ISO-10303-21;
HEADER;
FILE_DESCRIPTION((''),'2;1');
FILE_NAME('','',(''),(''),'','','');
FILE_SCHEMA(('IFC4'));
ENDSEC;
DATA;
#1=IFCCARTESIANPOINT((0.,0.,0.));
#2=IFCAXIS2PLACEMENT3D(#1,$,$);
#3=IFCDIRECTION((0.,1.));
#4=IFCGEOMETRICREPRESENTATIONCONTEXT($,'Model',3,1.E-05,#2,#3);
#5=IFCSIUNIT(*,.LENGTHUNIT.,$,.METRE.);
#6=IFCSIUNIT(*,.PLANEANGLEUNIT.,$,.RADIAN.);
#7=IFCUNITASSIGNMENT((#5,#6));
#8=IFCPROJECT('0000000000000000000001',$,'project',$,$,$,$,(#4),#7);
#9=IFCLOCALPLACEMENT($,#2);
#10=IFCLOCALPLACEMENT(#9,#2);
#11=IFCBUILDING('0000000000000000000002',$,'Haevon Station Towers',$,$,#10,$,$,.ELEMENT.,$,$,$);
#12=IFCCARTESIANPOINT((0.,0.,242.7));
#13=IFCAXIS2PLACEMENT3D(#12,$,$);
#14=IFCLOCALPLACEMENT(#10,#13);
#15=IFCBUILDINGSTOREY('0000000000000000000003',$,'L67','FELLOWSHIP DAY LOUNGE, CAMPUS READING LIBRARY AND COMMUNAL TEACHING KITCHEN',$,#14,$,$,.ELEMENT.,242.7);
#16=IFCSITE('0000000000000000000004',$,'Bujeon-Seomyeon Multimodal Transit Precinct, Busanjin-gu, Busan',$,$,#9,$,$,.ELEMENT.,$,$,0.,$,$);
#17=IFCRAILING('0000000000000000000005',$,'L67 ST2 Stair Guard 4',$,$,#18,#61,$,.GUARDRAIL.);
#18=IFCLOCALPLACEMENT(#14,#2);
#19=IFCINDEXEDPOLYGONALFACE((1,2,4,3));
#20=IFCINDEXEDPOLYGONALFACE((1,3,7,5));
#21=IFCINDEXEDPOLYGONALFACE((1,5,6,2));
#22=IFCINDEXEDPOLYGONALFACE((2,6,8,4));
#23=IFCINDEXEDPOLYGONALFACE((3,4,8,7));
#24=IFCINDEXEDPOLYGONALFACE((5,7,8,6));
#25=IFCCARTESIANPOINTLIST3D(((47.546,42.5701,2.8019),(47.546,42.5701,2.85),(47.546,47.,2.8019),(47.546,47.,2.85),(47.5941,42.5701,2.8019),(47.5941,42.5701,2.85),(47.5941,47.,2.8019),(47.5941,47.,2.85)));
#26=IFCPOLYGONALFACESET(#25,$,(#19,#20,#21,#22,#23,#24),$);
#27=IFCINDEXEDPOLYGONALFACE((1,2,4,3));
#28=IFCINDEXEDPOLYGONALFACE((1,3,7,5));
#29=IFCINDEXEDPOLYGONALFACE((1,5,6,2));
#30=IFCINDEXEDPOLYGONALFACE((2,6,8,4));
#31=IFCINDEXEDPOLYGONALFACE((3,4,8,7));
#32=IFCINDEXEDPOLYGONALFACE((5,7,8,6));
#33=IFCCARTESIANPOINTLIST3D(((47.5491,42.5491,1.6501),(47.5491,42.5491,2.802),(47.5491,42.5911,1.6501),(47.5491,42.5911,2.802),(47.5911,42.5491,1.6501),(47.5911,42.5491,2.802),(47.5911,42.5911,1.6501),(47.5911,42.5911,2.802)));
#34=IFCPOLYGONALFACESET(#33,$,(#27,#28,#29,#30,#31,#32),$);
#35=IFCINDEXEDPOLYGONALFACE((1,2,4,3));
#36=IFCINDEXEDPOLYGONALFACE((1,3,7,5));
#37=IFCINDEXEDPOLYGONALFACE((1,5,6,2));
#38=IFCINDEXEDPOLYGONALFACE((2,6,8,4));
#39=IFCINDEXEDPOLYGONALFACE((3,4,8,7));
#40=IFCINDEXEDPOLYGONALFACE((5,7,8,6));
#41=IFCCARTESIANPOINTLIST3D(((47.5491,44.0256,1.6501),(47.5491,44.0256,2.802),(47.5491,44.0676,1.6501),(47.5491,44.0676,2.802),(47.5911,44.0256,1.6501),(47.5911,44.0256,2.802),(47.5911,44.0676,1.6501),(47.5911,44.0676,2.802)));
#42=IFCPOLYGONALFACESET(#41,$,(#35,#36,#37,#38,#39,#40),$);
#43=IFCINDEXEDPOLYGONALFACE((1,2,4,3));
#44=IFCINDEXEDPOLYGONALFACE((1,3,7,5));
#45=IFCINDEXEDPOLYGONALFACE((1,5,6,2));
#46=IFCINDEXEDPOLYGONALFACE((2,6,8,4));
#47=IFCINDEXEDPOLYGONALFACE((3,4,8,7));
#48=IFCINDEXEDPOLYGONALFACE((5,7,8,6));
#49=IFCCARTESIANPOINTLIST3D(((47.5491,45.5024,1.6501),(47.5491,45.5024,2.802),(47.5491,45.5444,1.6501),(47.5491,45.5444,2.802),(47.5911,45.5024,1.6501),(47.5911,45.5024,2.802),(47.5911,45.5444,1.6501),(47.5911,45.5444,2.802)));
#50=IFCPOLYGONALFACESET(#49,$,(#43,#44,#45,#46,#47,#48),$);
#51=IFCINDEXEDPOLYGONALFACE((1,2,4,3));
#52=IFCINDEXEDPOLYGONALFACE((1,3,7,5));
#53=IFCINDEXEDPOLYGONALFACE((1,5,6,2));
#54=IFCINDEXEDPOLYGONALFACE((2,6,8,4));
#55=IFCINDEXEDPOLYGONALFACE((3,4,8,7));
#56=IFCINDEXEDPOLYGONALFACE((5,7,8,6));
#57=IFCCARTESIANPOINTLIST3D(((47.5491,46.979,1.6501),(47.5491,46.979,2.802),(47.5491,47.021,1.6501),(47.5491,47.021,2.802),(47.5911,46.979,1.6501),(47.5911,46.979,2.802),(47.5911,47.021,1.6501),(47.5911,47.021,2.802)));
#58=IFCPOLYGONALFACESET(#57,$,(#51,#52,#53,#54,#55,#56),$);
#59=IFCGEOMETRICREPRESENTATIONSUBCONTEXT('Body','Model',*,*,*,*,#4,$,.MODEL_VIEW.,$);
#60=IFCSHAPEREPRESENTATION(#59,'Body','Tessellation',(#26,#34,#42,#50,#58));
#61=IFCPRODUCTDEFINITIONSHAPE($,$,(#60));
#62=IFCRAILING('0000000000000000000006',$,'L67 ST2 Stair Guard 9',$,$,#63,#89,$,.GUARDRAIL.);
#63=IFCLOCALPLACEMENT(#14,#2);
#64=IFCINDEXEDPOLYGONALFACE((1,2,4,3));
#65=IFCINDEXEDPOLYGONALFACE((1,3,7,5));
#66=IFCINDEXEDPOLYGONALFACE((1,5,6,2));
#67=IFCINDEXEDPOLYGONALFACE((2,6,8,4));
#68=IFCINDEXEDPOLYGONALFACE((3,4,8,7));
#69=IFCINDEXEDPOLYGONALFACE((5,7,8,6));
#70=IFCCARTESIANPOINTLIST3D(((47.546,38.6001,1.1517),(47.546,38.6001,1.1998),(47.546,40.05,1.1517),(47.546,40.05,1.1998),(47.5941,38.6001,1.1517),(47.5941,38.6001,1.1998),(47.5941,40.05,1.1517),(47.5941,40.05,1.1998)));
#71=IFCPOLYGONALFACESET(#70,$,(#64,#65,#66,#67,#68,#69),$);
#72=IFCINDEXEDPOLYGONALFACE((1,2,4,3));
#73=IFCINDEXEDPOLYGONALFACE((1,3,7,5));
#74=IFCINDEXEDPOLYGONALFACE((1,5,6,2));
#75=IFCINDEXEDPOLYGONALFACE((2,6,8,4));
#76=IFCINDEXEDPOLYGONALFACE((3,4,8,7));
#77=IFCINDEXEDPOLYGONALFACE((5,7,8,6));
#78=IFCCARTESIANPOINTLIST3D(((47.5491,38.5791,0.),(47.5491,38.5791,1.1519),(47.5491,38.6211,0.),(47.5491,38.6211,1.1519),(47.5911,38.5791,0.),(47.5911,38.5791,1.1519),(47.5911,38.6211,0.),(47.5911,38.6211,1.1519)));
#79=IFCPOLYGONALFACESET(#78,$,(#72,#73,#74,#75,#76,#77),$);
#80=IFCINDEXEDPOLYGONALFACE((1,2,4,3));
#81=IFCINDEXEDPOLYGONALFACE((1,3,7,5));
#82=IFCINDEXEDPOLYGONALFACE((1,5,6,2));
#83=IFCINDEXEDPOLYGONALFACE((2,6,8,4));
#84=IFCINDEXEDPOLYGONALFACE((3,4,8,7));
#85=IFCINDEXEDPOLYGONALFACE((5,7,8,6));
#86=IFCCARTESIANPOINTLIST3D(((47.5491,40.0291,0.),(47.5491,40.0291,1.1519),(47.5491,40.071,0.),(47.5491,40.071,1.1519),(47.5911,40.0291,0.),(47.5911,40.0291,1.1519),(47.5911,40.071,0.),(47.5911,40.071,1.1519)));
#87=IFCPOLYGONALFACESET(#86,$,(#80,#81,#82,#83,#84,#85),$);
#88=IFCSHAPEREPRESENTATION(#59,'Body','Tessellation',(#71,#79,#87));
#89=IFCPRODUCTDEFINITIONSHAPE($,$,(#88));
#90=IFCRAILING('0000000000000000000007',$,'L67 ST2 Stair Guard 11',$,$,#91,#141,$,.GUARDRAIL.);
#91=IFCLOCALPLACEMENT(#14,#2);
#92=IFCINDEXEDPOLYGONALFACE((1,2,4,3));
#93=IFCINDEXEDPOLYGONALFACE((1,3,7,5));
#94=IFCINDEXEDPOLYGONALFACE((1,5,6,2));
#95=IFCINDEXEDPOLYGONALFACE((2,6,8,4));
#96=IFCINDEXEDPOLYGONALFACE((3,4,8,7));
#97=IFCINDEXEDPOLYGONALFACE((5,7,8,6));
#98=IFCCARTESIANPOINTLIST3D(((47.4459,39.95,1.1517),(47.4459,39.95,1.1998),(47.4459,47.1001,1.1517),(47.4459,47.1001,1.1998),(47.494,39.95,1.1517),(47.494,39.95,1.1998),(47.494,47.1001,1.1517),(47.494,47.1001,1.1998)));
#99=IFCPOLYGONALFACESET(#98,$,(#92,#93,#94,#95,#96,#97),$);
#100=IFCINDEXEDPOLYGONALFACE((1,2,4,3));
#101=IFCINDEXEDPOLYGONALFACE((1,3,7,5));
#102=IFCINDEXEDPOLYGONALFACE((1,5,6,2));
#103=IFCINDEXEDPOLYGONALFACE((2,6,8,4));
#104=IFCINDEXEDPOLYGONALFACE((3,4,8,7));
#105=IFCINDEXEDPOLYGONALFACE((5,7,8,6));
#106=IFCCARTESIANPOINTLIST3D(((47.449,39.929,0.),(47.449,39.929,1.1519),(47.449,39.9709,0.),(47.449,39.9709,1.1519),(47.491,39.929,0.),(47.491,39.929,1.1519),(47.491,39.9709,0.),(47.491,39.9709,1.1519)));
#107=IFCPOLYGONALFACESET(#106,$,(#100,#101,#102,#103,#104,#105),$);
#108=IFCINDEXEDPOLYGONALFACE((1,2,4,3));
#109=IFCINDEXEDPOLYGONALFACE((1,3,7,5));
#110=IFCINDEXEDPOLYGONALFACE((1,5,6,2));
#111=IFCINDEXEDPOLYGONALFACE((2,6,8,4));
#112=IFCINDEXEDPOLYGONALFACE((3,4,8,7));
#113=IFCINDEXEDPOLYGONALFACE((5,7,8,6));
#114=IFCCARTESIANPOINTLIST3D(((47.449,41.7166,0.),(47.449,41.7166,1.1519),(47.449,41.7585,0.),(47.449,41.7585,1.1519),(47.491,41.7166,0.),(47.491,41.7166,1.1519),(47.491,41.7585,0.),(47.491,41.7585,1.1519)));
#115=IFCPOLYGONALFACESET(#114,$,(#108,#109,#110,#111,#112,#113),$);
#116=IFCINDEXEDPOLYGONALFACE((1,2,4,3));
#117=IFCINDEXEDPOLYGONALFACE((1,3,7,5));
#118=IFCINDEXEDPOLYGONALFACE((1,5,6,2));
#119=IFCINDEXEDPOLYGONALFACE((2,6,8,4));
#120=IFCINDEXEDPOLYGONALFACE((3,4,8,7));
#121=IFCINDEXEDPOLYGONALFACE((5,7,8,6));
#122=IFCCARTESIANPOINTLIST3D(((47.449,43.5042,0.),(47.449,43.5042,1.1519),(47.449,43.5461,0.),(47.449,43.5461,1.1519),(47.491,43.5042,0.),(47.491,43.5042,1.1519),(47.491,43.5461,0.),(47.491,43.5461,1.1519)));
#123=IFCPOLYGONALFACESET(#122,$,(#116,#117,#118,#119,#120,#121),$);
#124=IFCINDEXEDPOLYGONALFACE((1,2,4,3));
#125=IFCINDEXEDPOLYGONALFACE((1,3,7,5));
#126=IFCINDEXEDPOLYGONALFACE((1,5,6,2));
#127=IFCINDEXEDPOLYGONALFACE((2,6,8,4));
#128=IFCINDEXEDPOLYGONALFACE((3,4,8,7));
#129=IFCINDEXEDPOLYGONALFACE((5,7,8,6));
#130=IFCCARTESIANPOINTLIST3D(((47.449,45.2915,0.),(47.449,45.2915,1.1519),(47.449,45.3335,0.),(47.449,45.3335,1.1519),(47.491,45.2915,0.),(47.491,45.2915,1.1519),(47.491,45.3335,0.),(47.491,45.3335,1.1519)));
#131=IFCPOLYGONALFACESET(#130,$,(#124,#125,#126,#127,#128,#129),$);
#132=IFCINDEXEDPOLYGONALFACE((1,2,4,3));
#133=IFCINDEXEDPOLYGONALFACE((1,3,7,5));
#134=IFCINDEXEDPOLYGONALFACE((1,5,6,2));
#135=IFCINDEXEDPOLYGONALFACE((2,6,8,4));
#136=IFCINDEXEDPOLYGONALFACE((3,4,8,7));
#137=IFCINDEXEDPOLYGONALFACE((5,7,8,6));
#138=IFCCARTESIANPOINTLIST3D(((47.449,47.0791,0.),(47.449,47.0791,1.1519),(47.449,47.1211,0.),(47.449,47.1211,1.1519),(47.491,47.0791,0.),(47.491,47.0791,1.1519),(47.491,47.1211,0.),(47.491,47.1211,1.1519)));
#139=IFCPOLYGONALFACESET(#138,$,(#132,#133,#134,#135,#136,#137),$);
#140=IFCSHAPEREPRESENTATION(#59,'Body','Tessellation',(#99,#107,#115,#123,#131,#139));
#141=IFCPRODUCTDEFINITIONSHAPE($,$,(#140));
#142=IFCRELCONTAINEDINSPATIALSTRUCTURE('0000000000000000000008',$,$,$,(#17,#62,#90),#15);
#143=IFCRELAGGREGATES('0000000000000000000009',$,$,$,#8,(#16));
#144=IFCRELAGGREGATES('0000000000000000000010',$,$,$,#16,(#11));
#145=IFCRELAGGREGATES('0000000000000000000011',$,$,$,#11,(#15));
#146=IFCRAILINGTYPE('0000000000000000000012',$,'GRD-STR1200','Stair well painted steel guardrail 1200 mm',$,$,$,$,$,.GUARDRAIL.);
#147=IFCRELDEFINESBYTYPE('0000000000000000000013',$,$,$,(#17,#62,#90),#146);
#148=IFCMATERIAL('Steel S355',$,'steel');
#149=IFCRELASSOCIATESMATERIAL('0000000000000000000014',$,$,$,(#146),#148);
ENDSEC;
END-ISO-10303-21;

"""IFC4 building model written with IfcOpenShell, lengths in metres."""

from ifc_helpers import new_model, si_unit, direction, frame, origin, origin_2d, place, context, subcontext, project, spatial, rectangle, extrude, material, type_object, element, save


model = new_model("IFC4")

# Units and contexts
model_context = context("Model", 3, precision=1e-05, world=origin(), true_north=direction((0.0, 1.0)))
body_context = subcontext(model_context, "Body", "Model", "MODEL_VIEW")
ifc_project = project(units=[si_unit("LENGTHUNIT", "METRE"), si_unit("PLANEANGLEUNIT", "RADIAN")], contexts=[model_context])

# Site, building, storey
site_placement = place(None, origin())
site = spatial("IfcSite", under=ifc_project, at=site_placement, Name="Bujeon-Seomyeon Multimodal Transit Precinct, Busanjin-gu, Busan", CompositionType="ELEMENT", RefElevation=0.0)
building_placement = place(site_placement, origin())
building = spatial("IfcBuilding", under=site, at=building_placement, Name="Haevon Station Towers", CompositionType="ELEMENT")
storey_placement = place(building_placement, frame((0.0, 0.0, 242.7)))
storey = spatial("IfcBuildingStorey", under=building, at=storey_placement, Name="L67", Description="FELLOWSHIP DAY LOUNGE, CAMPUS READING LIBRARY AND COMMUNAL TEACHING KITCHEN", CompositionType="ELEMENT", Elevation=242.7)

# Shared definitions
ifc_material_1 = material(Name="Steel S355", Category="steel")

# Railings
railing_type = type_object("IfcRailingType", Name="GRD-STR1200", Description="Stair well painted steel guardrail 1200 mm", PredefinedType="GUARDRAIL", material=ifc_material_1)
railing_1_placement = place(storey_placement, frame((47.5701, 42.5701, 1.6501)))
element("IfcRailing", 1, at=railing_1_placement, inside=storey, type_object=railing_type, Name="L67 ST2 Stair Guard 4", PredefinedType="GUARDRAIL", context=body_context, shape_type="SweptSolid", body=[
    extrude(rectangle(XDim=0.0481, YDim=0.0481, at=origin_2d()), frame((0.0, 0.0, 1.1758), z_axis=(0.0, 1.0, 0.0), x_axis=(-1.0, 0.0, 0.0)), (0.0, 0.0, 1.0), 4.4299),
    extrude(rectangle(XDim=0.042, YDim=0.042, at=origin_2d()), origin(), (0.0, 0.0, 1.0), 1.1519),
    extrude(rectangle(XDim=0.042, YDim=0.042, at=origin_2d()), frame((0.0, 1.4766, 0.0)), (0.0, 0.0, 1.0), 1.1519),
    extrude(rectangle(XDim=0.042, YDim=0.042, at=origin_2d()), frame((0.0, 2.9534, 0.0)), (0.0, 0.0, 1.0), 1.1519),
    extrude(rectangle(XDim=0.042, YDim=0.042, at=origin_2d()), frame((0.0, 4.4299, 0.0)), (0.0, 0.0, 1.0), 1.1519),
])
railing_2_placement = place(storey_placement, frame((47.5701, 38.6001, 0.0)))
element("IfcRailing", 2, at=railing_2_placement, inside=storey, type_object=railing_type, Name="L67 ST2 Stair Guard 9", PredefinedType="GUARDRAIL", context=body_context, shape_type="SweptSolid", body=[
    extrude(rectangle(XDim=0.0481, YDim=0.0481, at=origin_2d()), frame((0.0, 0.0, 1.1758), z_axis=(0.0, 1.0, 0.0), x_axis=(-1.0, 0.0, 0.0)), (0.0, 0.0, 1.0), 1.45),
    extrude(rectangle(XDim=0.042, YDim=0.042, at=origin_2d()), origin(), (0.0, 0.0, 1.0), 1.1519),
    extrude(rectangle(XDim=0.042, YDim=0.042, at=origin_2d()), frame((0.0, 1.45, 0.0)), (0.0, 0.0, 1.0), 1.1519),
])
railing_3_placement = place(storey_placement, frame((47.47, 39.95, 0.0)))
element("IfcRailing", 3, at=railing_3_placement, inside=storey, type_object=railing_type, Name="L67 ST2 Stair Guard 11", PredefinedType="GUARDRAIL", context=body_context, shape_type="SweptSolid", body=[
    extrude(rectangle(XDim=0.0481, YDim=0.0481, at=origin_2d()), frame((0.0, 0.0, 1.1758), z_axis=(0.0, 1.0, 0.0), x_axis=(-1.0, 0.0, 0.0)), (0.0, 0.0, 1.0), 7.1501),
    extrude(rectangle(XDim=0.042, YDim=0.042, at=origin_2d()), origin(), (0.0, 0.0, 1.0), 1.1519),
    extrude(rectangle(XDim=0.042, YDim=0.042, at=origin_2d()), frame((0.0, 1.7876, 0.0)), (0.0, 0.0, 1.0), 1.1519),
    extrude(rectangle(XDim=0.042, YDim=0.042, at=origin_2d()), frame((0.0, 3.5752, 0.0)), (0.0, 0.0, 1.0), 1.1519),
    extrude(rectangle(XDim=0.042, YDim=0.042, at=origin_2d()), frame((0.0, 5.3625, 0.0)), (0.0, 0.0, 1.0), 1.1519),
    extrude(rectangle(XDim=0.042, YDim=0.042, at=origin_2d()), frame((0.0, 7.1501, 0.0)), (0.0, 0.0, 1.0), 1.1519),
])

save(model, "model.ifc")
